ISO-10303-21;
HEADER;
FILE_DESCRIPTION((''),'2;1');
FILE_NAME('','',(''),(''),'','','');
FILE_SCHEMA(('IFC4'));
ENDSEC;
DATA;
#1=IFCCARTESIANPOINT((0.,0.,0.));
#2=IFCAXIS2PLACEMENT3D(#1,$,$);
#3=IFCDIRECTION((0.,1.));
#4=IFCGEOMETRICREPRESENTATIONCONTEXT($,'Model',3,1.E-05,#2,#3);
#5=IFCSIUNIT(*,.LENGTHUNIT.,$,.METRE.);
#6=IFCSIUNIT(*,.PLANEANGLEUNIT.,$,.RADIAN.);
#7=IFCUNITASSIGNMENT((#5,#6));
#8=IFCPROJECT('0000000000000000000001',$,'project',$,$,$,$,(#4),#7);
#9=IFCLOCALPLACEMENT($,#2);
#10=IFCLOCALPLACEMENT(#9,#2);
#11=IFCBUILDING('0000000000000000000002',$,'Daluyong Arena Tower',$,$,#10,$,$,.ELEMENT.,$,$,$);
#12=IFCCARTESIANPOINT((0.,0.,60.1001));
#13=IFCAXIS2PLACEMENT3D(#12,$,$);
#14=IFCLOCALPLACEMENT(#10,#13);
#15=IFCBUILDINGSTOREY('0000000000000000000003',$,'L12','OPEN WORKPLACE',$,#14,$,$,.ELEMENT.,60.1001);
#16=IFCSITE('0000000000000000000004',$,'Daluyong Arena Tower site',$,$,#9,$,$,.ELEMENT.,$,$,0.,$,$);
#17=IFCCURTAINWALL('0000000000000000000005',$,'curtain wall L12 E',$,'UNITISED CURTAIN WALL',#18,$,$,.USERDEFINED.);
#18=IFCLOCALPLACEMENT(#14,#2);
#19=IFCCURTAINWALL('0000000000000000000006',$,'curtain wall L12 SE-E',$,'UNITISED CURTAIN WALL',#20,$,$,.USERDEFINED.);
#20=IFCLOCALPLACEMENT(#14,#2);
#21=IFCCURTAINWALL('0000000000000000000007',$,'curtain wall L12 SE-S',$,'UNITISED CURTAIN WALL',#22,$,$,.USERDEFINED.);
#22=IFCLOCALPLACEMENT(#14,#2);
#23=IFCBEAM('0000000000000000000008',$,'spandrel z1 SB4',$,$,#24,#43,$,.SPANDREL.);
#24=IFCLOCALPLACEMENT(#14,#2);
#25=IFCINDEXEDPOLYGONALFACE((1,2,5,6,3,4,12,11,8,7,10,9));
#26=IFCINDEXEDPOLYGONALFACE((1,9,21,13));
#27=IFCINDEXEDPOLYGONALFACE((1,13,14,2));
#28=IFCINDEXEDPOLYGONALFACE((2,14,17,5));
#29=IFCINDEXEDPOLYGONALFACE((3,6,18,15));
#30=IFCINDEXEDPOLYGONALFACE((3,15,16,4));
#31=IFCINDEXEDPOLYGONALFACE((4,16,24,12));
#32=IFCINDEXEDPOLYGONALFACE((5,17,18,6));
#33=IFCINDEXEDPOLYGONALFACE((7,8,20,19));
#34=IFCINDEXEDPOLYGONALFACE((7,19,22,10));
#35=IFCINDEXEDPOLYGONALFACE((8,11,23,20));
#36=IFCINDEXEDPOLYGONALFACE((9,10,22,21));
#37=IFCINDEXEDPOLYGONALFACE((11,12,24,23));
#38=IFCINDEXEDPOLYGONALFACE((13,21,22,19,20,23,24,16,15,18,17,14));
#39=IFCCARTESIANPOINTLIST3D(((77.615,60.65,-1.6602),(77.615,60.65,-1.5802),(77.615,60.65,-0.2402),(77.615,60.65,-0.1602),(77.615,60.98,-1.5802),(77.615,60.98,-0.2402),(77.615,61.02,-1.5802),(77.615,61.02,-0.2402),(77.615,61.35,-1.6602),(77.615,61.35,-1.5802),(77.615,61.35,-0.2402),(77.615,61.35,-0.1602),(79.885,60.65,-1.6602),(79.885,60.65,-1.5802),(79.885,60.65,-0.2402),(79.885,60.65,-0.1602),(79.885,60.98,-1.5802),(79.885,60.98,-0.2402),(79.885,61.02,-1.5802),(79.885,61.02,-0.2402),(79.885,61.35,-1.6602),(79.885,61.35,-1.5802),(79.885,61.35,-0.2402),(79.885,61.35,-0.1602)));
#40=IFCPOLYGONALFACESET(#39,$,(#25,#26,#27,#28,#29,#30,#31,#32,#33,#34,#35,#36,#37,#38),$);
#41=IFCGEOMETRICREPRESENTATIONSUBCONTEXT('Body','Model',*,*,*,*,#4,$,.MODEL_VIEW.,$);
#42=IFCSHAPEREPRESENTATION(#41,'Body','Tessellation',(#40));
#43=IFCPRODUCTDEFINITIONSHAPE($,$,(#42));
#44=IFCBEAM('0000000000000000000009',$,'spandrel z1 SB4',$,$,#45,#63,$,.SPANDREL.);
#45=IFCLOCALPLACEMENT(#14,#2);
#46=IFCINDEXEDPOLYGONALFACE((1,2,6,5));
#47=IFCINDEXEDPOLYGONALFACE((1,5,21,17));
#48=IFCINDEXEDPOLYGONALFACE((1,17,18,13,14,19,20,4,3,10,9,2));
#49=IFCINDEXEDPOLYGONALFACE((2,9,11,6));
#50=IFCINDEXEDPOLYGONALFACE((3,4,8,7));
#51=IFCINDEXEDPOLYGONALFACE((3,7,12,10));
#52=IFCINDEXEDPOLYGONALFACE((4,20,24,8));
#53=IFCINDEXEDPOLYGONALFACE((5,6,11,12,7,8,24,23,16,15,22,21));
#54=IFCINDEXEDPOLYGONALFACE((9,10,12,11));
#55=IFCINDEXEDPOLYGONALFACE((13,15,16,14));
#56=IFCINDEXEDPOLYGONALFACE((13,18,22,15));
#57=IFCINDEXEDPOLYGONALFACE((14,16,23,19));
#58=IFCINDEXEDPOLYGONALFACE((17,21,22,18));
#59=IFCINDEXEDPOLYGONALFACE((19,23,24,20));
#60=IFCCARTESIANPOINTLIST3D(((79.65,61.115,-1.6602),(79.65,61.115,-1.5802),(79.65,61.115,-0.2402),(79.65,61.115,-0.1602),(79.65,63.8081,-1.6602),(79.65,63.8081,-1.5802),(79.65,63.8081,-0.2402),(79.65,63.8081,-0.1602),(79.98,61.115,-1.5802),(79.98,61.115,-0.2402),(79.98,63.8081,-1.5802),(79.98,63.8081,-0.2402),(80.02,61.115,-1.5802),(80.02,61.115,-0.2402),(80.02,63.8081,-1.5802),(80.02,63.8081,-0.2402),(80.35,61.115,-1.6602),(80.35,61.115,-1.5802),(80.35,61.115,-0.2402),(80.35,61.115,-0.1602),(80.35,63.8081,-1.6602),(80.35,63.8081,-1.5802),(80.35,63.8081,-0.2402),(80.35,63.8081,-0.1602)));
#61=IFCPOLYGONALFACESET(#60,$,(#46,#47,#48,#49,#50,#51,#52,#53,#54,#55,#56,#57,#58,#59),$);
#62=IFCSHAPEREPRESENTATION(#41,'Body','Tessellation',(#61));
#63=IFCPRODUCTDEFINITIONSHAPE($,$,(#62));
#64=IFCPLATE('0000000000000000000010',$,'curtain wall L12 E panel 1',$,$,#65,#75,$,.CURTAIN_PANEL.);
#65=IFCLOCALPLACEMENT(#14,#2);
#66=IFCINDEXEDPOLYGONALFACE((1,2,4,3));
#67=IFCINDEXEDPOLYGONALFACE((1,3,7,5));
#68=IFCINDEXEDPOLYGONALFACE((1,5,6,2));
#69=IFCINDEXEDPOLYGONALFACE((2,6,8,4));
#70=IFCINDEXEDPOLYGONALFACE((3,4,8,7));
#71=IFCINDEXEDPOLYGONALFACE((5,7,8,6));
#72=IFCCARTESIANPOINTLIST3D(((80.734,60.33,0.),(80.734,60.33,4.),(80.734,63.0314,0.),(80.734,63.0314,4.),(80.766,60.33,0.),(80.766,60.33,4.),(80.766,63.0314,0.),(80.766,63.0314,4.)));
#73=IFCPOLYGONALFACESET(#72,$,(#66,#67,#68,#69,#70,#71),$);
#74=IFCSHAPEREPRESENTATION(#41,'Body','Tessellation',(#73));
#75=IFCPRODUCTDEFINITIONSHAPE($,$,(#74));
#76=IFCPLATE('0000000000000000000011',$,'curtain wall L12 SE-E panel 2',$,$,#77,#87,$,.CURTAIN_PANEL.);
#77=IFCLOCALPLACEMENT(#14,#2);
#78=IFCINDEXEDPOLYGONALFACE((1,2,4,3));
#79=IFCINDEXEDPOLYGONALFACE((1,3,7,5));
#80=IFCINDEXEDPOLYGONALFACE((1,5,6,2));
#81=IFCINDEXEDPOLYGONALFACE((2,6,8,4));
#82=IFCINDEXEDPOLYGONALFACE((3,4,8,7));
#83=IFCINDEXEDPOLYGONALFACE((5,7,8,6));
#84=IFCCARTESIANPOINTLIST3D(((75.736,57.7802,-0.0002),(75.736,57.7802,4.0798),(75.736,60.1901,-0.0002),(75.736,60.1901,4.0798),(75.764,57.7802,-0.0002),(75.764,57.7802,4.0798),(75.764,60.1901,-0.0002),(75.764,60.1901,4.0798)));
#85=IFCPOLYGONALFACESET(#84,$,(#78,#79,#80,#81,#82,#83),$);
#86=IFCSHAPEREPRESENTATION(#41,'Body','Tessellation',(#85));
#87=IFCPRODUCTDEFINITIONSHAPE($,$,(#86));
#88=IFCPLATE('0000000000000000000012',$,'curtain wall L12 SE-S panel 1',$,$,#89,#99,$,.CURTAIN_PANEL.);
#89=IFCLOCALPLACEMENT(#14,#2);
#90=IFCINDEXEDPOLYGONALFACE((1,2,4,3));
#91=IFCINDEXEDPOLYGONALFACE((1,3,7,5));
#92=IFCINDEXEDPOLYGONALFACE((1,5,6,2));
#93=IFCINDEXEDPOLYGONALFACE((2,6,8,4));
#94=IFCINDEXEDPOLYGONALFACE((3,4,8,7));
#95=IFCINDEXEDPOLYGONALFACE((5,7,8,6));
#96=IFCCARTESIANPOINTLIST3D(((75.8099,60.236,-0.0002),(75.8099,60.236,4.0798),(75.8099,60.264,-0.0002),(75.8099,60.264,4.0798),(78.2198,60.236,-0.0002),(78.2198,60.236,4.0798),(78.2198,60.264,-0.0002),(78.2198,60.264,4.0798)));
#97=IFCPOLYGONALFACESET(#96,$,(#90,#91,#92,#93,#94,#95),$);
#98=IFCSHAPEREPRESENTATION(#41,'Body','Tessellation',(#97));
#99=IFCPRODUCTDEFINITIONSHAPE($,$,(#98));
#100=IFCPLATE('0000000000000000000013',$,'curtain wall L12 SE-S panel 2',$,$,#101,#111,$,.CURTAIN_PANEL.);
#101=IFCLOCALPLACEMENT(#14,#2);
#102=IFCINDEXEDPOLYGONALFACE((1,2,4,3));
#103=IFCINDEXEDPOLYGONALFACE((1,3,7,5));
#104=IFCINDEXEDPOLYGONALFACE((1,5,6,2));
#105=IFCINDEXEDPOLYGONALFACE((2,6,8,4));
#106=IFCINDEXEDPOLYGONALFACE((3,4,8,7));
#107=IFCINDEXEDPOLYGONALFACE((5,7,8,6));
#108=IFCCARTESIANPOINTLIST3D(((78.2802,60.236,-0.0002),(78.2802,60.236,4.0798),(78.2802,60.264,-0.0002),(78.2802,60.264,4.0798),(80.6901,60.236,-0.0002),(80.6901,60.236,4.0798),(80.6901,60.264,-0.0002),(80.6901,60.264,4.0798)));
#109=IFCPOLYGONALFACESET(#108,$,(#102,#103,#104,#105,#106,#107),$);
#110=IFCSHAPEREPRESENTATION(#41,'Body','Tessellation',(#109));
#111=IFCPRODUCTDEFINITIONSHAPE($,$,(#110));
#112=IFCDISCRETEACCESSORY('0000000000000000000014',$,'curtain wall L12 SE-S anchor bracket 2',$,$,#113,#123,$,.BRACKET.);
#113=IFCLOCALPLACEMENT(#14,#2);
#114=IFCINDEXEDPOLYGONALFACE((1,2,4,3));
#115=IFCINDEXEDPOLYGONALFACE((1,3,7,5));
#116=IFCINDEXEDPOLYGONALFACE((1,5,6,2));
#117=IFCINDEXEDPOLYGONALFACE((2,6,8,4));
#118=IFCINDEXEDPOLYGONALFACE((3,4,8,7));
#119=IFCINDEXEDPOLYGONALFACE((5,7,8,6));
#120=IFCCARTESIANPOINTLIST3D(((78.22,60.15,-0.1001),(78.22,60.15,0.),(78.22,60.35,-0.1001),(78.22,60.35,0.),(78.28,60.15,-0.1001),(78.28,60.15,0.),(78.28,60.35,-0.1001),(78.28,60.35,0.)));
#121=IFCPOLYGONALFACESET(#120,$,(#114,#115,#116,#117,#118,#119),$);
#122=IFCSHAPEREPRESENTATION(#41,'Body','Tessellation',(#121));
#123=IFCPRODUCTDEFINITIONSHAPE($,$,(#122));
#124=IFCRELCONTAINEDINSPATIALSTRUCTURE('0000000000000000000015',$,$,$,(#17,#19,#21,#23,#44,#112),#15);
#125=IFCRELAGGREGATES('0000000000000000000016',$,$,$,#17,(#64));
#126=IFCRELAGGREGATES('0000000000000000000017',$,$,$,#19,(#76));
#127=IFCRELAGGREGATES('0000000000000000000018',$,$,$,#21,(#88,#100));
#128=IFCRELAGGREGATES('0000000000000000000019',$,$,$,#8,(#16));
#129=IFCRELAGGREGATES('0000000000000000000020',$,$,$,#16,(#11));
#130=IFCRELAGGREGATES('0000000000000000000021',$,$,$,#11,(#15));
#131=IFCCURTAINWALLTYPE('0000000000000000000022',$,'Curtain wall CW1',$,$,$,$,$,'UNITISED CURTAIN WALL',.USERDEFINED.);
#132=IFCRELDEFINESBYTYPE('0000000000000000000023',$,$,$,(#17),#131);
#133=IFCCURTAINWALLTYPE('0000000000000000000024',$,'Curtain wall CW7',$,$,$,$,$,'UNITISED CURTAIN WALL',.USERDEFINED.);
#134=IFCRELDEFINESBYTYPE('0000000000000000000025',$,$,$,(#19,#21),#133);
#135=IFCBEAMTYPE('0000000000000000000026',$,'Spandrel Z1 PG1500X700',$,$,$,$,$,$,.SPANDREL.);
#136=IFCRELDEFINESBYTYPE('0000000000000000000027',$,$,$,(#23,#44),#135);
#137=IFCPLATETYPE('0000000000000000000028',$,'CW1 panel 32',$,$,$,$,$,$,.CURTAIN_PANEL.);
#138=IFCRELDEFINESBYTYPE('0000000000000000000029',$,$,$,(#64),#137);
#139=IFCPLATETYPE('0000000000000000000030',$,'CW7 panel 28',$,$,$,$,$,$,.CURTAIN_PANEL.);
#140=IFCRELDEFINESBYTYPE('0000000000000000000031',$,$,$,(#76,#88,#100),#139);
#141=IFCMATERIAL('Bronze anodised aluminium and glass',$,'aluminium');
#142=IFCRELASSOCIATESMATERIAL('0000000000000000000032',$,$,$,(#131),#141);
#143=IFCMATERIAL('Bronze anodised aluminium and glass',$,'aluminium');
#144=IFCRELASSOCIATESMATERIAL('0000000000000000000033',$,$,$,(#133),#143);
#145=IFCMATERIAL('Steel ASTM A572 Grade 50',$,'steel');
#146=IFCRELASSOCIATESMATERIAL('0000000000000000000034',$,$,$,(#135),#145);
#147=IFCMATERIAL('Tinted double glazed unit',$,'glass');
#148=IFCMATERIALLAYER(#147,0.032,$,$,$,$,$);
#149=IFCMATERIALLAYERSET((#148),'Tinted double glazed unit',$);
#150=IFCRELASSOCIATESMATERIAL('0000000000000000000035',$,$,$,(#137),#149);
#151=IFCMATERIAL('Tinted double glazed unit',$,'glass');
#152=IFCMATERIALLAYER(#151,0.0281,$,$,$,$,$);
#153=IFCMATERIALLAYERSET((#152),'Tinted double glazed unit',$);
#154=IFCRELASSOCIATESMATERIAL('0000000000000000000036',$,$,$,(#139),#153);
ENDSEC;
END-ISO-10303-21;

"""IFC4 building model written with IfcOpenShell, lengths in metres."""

from ifc_helpers import new_model, si_unit, direction, frame, origin, origin_2d, place, context, subcontext, project, spatial, rectangle, i_section, extrude, material, layer, layer_set, material_profile, profile_set, type_object, element, aggregate, save


model = new_model("IFC4")

# Units and contexts
model_context = context("Model", 3, precision=1e-05, world=origin(), true_north=direction((0.0, 1.0)))
body_context = subcontext(model_context, "Body", "Model", "MODEL_VIEW")
ifc_project = project(units=[si_unit("LENGTHUNIT", "METRE"), si_unit("PLANEANGLEUNIT", "RADIAN")], contexts=[model_context])

# Site, building, storey
site_placement = place(None, origin())
site = spatial("IfcSite", under=ifc_project, at=site_placement, Name="Daluyong Arena Tower site", CompositionType="ELEMENT", RefElevation=0.0)
building_placement = place(site_placement, origin())
building = spatial("IfcBuilding", under=site, at=building_placement, Name="Daluyong Arena Tower", CompositionType="ELEMENT")
storey_placement = place(building_placement, frame((0.0, 0.0, 60.1001)))
storey = spatial("IfcBuildingStorey", under=building, at=storey_placement, Name="L12", Description="OPEN WORKPLACE", CompositionType="ELEMENT", Elevation=60.1001)

# Curtain walls
ifc_material_1 = material(Name="Bronze anodised aluminium and glass", Category="aluminium")
curtain_wall_type_1 = type_object("IfcCurtainWallType", Name="Curtain wall CW1", ElementType="UNITISED CURTAIN WALL", PredefinedType="USERDEFINED", material=ifc_material_1)
curtain_wall_1_placement = place(storey_placement, origin())
curtain_wall_1 = element("IfcCurtainWall", 1, at=curtain_wall_1_placement, inside=storey, type_object=curtain_wall_type_1, Name="curtain wall L12 E", ObjectType="UNITISED CURTAIN WALL", PredefinedType="USERDEFINED")
ifc_material_2 = material(Name="Bronze anodised aluminium and glass", Category="aluminium")
curtain_wall_type_2 = type_object("IfcCurtainWallType", Name="Curtain wall CW7", ElementType="UNITISED CURTAIN WALL", PredefinedType="USERDEFINED", material=ifc_material_2)
curtain_wall_2_placement = place(storey_placement, origin())
curtain_wall_2 = element("IfcCurtainWall", 2, at=curtain_wall_2_placement, inside=storey, type_object=curtain_wall_type_2, Name="curtain wall L12 SE-E", ObjectType="UNITISED CURTAIN WALL", PredefinedType="USERDEFINED")
curtain_wall_3_placement = place(storey_placement, origin())
curtain_wall_3 = element("IfcCurtainWall", 3, at=curtain_wall_3_placement, inside=storey, type_object=curtain_wall_type_2, Name="curtain wall L12 SE-S", ObjectType="UNITISED CURTAIN WALL", PredefinedType="USERDEFINED")

# Beams
ifc_material_3 = material(Name="Steel ASTM A572 Grade 50", Category="steel")
ifc_material_profile_1 = material_profile(ifc_material_3, i_section(OverallWidth=0.7, OverallDepth=1.5, WebThickness=0.04, FlangeThickness=0.08, at=origin_2d()))
ifc_profile_set_1 = profile_set([ifc_material_profile_1], Name="Steel ASTM A572 Grade 50")
beam_type = type_object("IfcBeamType", Name="Spandrel Z1 PG1500X700", PredefinedType="SPANDREL", material=ifc_profile_set_1)
beam_1_placement = place(storey_placement, frame((77.615, 61.0, -0.9102), z_axis=(1.0, 0.0, 0.0), x_axis=(0.0, 1.0, 0.0)))
element("IfcBeam", 4, at=beam_1_placement, inside=storey, type_object=beam_type, Name="spandrel z1 SB4", PredefinedType="SPANDREL", context=body_context, shape_type="SweptSolid", body=[
    extrude(i_section(OverallWidth=0.7, OverallDepth=1.5, WebThickness=0.04, FlangeThickness=0.08, at=origin_2d()), origin(), (0.0, 0.0, 1.0), 2.27),
])
beam_2_placement = place(storey_placement, frame((80.0, 61.115, -0.9102), z_axis=(0.0, 1.0, 0.0), x_axis=(-1.0, 0.0, 0.0)))
element("IfcBeam", 5, at=beam_2_placement, inside=storey, type_object=beam_type, Name="spandrel z1 SB4", PredefinedType="SPANDREL", context=body_context, shape_type="SweptSolid", body=[
    extrude(i_section(OverallWidth=0.7, OverallDepth=1.5, WebThickness=0.04, FlangeThickness=0.08, at=origin_2d()), origin(), (0.0, 0.0, 1.0), 2.6931),
])

# Plates
ifc_material_4 = material(Name="Tinted double glazed unit", Category="glass")
ifc_layer_1 = layer(ifc_material_4, 0.032)
ifc_layer_set_1 = layer_set([ifc_layer_1], Name="Tinted double glazed unit")
plate_type_1 = type_object("IfcPlateType", Name="CW1 panel 32", PredefinedType="CURTAIN_PANEL", material=ifc_layer_set_1)
plate_1_placement = place(storey_placement, frame((80.75, 61.6807, 0.0), z_axis=(0.0, 0.0, 1.0), x_axis=(0.0, 1.0, 0.0)))
plate_1 = element("IfcPlate", 6, at=plate_1_placement, type_object=plate_type_1, Name="curtain wall L12 E panel 1", PredefinedType="CURTAIN_PANEL", context=body_context, shape_type="SweptSolid", body=[
    extrude(rectangle(XDim=2.7014, YDim=0.032, at=origin_2d()), origin(), (0.0, 0.0, 1.0), 4.0),
])
aggregate(curtain_wall_1, [plate_1])
ifc_material_5 = material(Name="Tinted double glazed unit", Category="glass")
ifc_layer_2 = layer(ifc_material_5, 0.0281)
ifc_layer_set_2 = layer_set([ifc_layer_2], Name="Tinted double glazed unit")
plate_type_2 = type_object("IfcPlateType", Name="CW7 panel 28", PredefinedType="CURTAIN_PANEL", material=ifc_layer_set_2)
plate_2_placement = place(storey_placement, frame((75.75, 58.9851, -0.0002), z_axis=(0.0, 0.0, 1.0), x_axis=(0.0, 1.0, 0.0)))
plate_2 = element("IfcPlate", 7, at=plate_2_placement, type_object=plate_type_2, Name="curtain wall L12 SE-E panel 2", PredefinedType="CURTAIN_PANEL", context=body_context, shape_type="SweptSolid", body=[
    extrude(rectangle(XDim=2.4099, YDim=0.0281, at=origin_2d()), origin(), (0.0, 0.0, 1.0), 4.0801),
])
aggregate(curtain_wall_2, [plate_2])
plate_3_placement = place(storey_placement, frame((77.0149, 60.25, -0.0002), z_axis=(0.0, 0.0, 1.0), x_axis=(1.0, 0.0, 0.0)))
plate_3 = element("IfcPlate", 8, at=plate_3_placement, type_object=plate_type_2, Name="curtain wall L12 SE-S panel 1", PredefinedType="CURTAIN_PANEL", context=body_context, shape_type="SweptSolid", body=[
    extrude(rectangle(XDim=2.4099, YDim=0.0281, at=origin_2d()), origin(), (0.0, 0.0, 1.0), 4.0801),
])
plate_4_placement = place(storey_placement, frame((79.4851, 60.25, -0.0002), z_axis=(0.0, 0.0, 1.0), x_axis=(1.0, 0.0, 0.0)))
plate_4 = element("IfcPlate", 9, at=plate_4_placement, type_object=plate_type_2, Name="curtain wall L12 SE-S panel 2", PredefinedType="CURTAIN_PANEL", context=body_context, shape_type="SweptSolid", body=[
    extrude(rectangle(XDim=2.4099, YDim=0.0281, at=origin_2d()), origin(), (0.0, 0.0, 1.0), 4.0801),
])
aggregate(curtain_wall_3, [plate_3, plate_4])

# Discrete accessory
discrete_accessory_placement = place(storey_placement, frame((78.25, 60.25, -0.1001), z_axis=(0.0, 0.0, 1.0), x_axis=(1.0, 0.0, 0.0)))
element("IfcDiscreteAccessory", 10, at=discrete_accessory_placement, inside=storey, Name="curtain wall L12 SE-S anchor bracket 2", PredefinedType="BRACKET", context=body_context, shape_type="SweptSolid", body=[
    extrude(rectangle(XDim=0.0601, YDim=0.2, at=origin_2d()), origin(), (0.0, 0.0, 1.0), 0.1001),
])

save(model, "model.ifc")
